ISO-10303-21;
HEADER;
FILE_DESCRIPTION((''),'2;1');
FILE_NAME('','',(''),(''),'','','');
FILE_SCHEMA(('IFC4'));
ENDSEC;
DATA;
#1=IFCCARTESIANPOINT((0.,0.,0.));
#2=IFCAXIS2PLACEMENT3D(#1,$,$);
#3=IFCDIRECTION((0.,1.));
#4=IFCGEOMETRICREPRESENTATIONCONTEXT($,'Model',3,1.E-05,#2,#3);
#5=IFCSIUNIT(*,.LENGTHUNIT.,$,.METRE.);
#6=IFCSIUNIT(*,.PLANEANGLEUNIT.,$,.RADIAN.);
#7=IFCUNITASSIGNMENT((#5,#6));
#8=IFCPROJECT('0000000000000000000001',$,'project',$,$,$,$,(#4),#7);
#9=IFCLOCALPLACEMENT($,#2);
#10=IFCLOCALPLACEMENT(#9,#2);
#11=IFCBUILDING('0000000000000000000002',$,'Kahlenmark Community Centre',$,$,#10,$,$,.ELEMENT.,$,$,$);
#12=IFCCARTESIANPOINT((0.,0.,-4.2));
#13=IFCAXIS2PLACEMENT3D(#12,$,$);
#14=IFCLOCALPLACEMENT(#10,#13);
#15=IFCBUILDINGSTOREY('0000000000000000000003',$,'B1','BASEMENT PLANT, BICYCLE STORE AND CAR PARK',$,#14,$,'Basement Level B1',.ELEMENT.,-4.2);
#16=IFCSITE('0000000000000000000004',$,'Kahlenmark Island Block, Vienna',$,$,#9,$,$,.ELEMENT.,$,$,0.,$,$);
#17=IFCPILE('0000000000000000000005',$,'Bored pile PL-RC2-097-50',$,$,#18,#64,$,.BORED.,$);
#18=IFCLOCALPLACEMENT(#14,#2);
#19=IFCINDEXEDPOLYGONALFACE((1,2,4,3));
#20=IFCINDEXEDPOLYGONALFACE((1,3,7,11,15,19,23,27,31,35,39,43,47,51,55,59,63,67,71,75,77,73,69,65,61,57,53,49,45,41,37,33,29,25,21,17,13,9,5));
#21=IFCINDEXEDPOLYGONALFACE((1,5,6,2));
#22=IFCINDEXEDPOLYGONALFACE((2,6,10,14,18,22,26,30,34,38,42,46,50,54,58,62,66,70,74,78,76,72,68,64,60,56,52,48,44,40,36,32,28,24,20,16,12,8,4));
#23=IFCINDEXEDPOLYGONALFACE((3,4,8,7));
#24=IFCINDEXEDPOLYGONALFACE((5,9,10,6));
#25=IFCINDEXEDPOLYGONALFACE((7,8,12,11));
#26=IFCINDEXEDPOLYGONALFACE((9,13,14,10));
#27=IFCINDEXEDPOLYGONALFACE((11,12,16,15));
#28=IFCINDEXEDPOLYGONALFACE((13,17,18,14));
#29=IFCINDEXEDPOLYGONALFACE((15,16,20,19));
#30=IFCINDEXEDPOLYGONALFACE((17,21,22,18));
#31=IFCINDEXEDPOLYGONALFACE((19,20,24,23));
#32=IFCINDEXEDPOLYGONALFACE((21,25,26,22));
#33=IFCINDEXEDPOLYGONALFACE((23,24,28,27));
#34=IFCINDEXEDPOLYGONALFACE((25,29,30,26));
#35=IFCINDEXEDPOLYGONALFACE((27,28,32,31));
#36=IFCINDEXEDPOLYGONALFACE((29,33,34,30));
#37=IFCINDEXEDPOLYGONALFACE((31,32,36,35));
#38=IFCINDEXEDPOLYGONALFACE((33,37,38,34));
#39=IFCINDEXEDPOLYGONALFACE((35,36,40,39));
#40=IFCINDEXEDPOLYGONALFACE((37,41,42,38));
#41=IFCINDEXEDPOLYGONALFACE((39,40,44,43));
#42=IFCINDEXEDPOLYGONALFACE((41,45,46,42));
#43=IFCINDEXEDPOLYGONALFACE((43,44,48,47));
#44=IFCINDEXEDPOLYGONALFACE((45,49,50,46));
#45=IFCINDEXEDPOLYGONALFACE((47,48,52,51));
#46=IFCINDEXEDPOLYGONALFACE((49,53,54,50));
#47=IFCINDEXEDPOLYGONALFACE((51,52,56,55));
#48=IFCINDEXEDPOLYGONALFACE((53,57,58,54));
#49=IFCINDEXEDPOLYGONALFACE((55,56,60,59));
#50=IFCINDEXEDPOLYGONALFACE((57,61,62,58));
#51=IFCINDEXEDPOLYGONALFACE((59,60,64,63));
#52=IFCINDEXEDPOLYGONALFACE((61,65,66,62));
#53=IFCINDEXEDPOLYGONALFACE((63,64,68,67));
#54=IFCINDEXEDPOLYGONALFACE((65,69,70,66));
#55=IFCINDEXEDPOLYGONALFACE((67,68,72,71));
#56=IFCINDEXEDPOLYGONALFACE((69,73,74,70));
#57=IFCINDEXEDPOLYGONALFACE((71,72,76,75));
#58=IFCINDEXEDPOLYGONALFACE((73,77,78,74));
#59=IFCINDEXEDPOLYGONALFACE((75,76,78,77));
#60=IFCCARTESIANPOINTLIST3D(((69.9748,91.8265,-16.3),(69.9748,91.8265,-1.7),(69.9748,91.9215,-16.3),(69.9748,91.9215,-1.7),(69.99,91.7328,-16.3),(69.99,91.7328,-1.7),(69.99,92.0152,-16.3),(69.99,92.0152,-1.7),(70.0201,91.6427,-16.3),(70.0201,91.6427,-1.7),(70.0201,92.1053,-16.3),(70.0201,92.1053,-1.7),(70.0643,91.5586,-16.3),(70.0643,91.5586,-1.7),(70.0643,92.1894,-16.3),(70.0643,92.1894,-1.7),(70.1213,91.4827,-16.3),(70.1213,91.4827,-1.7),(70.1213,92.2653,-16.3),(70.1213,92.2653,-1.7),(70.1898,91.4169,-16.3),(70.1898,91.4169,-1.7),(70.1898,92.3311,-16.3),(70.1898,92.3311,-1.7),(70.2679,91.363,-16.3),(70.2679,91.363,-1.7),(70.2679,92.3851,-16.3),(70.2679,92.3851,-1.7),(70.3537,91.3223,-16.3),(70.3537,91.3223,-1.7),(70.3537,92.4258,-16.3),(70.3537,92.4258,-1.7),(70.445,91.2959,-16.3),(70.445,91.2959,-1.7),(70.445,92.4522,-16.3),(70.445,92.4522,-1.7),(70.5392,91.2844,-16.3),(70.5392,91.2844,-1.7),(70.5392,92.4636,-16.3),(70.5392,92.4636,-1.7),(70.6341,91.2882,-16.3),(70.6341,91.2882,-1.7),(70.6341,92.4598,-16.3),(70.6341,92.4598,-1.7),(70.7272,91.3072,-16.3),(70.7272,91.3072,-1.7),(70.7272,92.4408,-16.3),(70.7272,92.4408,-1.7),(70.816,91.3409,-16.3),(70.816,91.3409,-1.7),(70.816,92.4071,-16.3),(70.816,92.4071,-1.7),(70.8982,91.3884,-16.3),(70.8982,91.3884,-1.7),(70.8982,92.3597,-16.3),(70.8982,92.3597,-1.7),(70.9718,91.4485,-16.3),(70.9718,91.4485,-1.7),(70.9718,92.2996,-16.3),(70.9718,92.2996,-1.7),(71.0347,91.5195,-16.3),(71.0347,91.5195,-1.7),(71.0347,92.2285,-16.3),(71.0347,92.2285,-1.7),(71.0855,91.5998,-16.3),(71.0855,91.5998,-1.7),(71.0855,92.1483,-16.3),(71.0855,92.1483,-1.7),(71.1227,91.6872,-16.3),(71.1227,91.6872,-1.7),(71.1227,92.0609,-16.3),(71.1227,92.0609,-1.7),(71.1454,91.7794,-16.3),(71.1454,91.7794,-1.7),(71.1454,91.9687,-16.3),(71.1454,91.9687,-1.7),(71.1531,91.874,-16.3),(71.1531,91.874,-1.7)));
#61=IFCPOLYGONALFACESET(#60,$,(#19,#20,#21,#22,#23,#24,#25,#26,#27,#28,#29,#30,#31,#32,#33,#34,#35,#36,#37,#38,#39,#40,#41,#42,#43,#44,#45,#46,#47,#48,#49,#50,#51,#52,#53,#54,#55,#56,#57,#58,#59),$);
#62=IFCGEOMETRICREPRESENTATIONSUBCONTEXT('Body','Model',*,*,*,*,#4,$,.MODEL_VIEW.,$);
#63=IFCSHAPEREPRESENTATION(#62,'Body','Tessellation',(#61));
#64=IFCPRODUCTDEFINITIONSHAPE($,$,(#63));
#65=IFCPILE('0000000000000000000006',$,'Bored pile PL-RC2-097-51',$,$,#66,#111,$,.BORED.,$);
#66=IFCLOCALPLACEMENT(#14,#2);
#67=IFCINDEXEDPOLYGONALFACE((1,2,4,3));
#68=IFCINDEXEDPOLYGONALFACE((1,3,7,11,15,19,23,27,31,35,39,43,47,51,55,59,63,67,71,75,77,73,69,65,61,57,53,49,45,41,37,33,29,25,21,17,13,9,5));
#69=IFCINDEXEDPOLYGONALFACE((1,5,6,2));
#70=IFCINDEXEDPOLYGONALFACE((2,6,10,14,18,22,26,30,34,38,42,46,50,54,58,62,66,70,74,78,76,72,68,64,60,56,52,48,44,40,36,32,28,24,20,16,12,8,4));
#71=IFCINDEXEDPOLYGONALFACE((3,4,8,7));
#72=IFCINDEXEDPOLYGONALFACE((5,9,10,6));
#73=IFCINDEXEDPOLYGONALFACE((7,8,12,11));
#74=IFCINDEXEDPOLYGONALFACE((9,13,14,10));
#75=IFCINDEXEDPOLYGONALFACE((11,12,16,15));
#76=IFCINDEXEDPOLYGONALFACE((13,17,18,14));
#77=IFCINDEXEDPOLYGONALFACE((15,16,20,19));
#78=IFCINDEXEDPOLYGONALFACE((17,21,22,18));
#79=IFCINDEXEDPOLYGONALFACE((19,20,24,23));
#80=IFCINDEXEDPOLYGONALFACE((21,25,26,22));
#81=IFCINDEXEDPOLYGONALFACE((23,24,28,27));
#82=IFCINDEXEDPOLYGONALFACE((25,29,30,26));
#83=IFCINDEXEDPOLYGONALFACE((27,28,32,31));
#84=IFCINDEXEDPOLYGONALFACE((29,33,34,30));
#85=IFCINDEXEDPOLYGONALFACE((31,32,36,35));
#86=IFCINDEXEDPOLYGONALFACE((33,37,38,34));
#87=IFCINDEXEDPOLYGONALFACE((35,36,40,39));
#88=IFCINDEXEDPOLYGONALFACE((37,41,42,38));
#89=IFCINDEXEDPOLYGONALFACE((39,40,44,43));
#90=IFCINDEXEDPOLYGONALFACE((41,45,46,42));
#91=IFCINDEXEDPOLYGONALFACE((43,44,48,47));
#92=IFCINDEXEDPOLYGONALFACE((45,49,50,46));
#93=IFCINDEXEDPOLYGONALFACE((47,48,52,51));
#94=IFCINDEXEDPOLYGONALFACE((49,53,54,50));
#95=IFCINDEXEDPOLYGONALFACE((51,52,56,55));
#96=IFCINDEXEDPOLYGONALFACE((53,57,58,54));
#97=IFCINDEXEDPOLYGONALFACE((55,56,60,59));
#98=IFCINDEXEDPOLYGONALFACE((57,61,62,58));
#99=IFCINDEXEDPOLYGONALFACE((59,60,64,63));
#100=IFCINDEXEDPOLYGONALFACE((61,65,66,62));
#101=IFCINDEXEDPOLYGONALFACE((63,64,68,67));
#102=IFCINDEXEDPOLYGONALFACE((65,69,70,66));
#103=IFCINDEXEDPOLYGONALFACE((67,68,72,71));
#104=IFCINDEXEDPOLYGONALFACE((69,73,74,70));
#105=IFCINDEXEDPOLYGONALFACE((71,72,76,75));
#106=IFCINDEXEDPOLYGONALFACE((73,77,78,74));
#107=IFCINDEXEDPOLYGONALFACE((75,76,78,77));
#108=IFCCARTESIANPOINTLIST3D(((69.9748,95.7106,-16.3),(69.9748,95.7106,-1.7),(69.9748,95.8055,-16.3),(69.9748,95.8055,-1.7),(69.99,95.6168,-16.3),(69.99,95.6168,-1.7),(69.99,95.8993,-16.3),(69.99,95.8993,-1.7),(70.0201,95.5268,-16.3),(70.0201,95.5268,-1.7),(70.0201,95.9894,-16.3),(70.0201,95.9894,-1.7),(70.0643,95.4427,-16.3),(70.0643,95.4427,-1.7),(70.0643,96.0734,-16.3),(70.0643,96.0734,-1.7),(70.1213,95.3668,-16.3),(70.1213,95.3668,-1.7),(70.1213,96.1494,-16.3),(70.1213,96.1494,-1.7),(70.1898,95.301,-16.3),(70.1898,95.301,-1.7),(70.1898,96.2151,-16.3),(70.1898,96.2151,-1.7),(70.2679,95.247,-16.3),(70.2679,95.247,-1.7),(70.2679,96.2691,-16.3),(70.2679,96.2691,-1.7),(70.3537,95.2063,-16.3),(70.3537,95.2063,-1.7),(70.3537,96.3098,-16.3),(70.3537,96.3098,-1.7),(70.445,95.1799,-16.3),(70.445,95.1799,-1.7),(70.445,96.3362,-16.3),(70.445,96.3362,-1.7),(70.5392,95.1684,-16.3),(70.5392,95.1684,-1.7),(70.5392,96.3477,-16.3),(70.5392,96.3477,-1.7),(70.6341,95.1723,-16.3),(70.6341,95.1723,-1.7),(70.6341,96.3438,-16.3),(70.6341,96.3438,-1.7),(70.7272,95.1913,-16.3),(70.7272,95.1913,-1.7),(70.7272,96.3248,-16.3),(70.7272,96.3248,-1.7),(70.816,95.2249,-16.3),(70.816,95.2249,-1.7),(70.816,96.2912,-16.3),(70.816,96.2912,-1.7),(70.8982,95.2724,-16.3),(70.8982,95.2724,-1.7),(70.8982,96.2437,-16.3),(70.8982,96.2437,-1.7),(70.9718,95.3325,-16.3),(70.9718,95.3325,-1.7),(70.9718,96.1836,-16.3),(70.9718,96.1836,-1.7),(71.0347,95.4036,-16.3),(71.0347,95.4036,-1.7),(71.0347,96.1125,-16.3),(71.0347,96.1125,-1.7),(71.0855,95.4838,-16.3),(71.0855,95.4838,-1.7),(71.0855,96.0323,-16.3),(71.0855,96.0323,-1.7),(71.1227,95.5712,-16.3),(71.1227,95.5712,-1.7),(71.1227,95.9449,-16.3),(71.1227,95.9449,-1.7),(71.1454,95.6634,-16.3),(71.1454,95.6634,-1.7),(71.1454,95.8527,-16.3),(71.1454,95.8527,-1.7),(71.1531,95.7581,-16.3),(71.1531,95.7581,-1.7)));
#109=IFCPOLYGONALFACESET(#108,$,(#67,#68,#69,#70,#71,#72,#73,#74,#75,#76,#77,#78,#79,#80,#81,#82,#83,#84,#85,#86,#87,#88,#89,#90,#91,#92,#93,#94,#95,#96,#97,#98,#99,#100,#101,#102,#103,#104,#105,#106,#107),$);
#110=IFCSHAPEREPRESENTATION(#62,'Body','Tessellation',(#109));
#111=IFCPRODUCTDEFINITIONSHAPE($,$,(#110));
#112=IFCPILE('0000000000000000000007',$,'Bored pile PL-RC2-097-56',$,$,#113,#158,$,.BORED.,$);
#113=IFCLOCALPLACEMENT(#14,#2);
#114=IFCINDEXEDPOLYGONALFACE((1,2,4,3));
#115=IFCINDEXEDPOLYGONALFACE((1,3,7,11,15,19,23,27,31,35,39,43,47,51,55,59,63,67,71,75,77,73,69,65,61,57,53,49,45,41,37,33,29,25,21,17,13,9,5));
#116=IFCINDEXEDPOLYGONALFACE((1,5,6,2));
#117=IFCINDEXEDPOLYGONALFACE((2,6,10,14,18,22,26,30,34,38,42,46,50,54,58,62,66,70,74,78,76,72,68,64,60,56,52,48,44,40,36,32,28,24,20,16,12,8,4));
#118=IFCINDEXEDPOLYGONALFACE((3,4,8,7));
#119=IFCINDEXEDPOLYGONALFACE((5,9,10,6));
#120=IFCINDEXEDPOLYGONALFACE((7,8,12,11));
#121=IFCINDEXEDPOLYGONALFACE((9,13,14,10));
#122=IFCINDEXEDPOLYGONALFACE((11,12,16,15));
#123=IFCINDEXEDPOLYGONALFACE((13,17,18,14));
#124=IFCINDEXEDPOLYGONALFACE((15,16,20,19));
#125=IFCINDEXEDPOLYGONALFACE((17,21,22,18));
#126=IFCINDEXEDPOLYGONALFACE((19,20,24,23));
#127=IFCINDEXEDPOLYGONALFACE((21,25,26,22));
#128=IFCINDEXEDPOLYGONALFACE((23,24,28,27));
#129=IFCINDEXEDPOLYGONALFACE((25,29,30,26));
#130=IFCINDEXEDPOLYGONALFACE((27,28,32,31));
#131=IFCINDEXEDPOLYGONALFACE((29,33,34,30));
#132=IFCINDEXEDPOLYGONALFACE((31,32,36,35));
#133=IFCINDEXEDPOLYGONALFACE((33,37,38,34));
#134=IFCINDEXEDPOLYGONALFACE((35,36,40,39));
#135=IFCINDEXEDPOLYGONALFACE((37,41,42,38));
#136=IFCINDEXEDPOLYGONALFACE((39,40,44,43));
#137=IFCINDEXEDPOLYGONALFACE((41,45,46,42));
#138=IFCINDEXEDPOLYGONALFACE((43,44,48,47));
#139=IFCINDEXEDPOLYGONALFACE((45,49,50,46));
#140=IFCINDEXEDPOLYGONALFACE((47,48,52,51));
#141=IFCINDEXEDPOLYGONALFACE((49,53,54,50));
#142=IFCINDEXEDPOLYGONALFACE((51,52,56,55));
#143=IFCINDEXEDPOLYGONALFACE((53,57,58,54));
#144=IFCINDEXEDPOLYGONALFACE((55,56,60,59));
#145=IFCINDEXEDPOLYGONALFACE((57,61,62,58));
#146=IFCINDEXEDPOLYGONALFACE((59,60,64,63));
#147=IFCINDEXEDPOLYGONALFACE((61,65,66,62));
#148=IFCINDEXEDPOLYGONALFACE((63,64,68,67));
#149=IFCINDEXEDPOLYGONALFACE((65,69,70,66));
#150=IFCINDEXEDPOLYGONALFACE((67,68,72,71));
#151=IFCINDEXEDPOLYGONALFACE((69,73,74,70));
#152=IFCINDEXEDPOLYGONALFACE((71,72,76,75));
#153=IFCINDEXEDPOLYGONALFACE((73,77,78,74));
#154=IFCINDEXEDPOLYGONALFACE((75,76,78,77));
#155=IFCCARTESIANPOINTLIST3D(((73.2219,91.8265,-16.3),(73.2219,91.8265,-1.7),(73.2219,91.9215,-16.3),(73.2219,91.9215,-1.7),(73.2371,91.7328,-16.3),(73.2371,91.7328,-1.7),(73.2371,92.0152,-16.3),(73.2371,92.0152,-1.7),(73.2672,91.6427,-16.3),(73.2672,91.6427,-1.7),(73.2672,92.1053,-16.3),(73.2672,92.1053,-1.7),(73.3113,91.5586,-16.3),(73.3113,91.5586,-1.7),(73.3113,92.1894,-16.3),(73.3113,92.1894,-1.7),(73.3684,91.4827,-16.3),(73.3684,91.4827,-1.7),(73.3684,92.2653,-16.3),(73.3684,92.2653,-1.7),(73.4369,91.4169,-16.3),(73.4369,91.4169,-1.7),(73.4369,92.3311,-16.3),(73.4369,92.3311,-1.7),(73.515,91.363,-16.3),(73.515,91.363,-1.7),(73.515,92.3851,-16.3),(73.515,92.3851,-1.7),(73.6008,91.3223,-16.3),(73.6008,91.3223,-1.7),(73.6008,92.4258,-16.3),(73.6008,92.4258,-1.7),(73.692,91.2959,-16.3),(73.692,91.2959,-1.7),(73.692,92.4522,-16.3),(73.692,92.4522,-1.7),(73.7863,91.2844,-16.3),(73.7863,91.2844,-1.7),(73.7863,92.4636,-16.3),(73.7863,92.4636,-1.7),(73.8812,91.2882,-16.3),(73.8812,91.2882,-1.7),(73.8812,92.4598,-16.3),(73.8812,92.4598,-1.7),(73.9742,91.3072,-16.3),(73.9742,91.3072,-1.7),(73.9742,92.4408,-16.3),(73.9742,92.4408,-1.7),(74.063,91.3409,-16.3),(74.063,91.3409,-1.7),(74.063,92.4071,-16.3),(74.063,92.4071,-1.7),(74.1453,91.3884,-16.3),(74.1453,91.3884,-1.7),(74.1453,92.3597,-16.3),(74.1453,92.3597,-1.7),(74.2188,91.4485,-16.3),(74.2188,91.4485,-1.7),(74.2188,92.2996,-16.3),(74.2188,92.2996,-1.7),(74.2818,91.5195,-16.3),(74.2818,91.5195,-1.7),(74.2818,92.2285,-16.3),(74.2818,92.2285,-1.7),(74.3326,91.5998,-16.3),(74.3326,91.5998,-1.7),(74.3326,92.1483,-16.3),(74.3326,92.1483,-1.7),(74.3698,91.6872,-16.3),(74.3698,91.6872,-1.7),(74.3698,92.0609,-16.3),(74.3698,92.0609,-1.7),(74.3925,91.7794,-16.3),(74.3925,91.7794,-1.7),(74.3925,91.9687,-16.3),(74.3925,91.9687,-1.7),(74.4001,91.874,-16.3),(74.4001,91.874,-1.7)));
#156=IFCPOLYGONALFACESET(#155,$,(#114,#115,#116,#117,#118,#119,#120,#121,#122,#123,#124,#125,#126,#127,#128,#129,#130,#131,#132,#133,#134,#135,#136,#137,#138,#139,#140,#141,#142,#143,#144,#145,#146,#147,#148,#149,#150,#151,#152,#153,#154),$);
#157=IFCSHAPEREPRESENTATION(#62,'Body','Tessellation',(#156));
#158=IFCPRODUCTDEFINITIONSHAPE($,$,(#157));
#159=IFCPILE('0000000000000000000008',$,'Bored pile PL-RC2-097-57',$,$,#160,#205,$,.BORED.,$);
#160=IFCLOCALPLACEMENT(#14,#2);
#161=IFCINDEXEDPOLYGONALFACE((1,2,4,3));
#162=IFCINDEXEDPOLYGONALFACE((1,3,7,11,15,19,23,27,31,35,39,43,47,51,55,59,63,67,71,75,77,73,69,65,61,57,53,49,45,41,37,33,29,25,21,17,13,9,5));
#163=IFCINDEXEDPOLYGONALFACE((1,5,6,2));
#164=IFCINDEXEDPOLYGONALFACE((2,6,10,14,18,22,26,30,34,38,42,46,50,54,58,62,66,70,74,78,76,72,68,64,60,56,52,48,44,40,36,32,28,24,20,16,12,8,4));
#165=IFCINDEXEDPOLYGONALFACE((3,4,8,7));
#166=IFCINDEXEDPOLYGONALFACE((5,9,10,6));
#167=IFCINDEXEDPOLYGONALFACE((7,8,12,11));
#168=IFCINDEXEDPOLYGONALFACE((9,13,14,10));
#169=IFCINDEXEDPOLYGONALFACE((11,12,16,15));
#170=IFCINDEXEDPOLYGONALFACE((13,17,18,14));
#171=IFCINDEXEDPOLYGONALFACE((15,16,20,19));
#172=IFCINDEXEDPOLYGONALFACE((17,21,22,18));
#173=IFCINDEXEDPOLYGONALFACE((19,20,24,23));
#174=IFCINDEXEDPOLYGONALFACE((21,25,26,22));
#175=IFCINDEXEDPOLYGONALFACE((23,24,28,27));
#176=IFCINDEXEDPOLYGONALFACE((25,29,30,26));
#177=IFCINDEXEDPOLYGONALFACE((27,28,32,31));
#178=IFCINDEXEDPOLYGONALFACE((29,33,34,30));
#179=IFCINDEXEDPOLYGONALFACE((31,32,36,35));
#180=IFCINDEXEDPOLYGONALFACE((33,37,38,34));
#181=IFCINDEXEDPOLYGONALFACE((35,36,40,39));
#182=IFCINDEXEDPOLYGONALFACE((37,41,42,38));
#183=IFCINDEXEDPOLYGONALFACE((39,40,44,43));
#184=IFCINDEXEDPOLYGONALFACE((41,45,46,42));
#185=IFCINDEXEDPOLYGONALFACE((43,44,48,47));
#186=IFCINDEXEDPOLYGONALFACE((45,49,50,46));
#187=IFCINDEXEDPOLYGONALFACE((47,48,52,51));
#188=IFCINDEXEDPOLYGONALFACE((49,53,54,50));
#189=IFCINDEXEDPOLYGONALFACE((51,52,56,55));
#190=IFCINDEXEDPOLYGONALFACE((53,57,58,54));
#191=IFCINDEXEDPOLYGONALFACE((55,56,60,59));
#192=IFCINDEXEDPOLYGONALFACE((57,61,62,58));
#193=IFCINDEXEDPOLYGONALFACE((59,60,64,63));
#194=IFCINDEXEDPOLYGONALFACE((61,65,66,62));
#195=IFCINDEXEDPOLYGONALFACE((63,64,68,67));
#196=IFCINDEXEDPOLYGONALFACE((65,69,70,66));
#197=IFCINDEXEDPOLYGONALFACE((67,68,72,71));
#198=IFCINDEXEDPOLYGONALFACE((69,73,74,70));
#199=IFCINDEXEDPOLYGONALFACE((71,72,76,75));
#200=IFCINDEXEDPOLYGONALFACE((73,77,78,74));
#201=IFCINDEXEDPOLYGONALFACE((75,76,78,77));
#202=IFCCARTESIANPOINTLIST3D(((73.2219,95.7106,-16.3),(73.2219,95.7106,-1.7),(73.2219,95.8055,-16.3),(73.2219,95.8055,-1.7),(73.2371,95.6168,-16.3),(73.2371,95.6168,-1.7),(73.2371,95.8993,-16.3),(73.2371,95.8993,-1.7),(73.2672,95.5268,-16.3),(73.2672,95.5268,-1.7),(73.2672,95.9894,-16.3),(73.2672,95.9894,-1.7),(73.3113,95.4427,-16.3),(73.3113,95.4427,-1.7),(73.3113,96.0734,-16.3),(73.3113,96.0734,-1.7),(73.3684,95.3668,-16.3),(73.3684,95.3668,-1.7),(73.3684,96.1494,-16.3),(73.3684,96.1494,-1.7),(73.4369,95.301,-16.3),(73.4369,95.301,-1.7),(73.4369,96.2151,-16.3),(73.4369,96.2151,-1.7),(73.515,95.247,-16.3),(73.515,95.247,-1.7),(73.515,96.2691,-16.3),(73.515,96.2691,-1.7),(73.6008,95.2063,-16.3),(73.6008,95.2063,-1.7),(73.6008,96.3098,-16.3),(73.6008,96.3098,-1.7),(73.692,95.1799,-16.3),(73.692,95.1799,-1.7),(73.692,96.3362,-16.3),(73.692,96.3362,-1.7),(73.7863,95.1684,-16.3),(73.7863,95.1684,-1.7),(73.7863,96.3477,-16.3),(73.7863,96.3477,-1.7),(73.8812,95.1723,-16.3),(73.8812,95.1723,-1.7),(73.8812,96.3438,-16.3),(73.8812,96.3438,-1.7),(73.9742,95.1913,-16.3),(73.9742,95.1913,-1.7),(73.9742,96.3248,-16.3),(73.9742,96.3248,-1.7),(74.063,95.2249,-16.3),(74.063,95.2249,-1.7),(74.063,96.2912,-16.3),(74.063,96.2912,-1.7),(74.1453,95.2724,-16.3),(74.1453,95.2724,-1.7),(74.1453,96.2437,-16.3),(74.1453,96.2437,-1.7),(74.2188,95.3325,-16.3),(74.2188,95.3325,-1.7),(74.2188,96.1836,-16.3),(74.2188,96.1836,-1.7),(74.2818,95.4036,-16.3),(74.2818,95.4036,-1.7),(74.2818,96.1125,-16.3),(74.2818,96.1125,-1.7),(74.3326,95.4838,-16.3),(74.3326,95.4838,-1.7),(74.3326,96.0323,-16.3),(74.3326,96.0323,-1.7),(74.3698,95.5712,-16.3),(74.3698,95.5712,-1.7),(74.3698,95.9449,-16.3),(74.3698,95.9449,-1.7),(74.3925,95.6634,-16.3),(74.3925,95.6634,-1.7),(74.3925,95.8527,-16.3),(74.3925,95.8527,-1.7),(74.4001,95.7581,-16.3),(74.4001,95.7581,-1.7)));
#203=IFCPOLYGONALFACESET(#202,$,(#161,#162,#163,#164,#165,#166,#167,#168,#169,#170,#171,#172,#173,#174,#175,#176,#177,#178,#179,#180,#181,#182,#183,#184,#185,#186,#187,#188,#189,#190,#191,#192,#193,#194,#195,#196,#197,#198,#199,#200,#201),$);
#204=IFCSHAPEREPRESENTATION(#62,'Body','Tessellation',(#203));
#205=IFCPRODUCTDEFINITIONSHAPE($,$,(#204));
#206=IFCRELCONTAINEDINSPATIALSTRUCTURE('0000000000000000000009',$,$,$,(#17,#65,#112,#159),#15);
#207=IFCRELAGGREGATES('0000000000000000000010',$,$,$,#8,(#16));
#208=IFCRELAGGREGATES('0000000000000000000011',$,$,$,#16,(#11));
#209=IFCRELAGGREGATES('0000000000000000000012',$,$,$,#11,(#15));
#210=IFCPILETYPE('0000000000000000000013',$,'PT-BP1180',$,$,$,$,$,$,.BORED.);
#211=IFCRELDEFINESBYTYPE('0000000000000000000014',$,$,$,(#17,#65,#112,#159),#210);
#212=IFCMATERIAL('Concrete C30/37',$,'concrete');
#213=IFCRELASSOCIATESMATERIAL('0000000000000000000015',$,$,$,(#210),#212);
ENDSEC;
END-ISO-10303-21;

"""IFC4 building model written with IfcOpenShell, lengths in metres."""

from ifc_helpers import new_model, si_unit, direction, frame, origin, origin_2d, place, context, subcontext, project, spatial, circle, extrude, material, material_profile, profile_set, type_object, element, save


model = new_model("IFC4")

# Units and contexts
model_context = context("Model", 3, precision=1e-05, world=origin(), true_north=direction((0.0, 1.0)))
body_context = subcontext(model_context, "Body", "Model", "MODEL_VIEW")
ifc_project = project(units=[si_unit("LENGTHUNIT", "METRE"), si_unit("PLANEANGLEUNIT", "RADIAN")], contexts=[model_context])

# Site, building, storey
site_placement = place(None, origin())
site = spatial("IfcSite", under=ifc_project, at=site_placement, Name="Kahlenmark Island Block, Vienna", CompositionType="ELEMENT", RefElevation=0.0)
building_placement = place(site_placement, origin())
building = spatial("IfcBuilding", under=site, at=building_placement, Name="Kahlenmark Community Centre", CompositionType="ELEMENT")
storey_placement = place(building_placement, frame((0.0, 0.0, -4.2)))
storey = spatial("IfcBuildingStorey", under=building, at=storey_placement, Name="B1", Description="BASEMENT PLANT, BICYCLE STORE AND CAR PARK", LongName="Basement Level B1", CompositionType="ELEMENT", Elevation=-4.2)

# Shared definitions
ifc_material_1 = material(Name="Concrete C30/37", Category="concrete")

# Piles
ifc_material_profile_1 = material_profile(ifc_material_1, circle(Radius=0.5901, at=origin_2d()), Name="BORED PILE 1180")
ifc_profile_set_1 = profile_set([ifc_material_profile_1], Name="Concrete C30/37")
pile_type_1 = type_object("IfcPileType", Name="PT-BP1180", PredefinedType="BORED", material=ifc_profile_set_1)
for number, where, z_axis, x_axis, name in (
    (1, (70.563, 91.874, -1.7), (0.0, 0.0, -1.0), (1.0, 0.0, 0.0), "Bored pile PL-RC2-097-50"),
    (2, (70.563, 95.7581, -1.7), (0.0, 0.0, -1.0), (1.0, 0.0, 0.0), "Bored pile PL-RC2-097-51"),
    (3, (73.8101, 91.874, -1.7), (0.0, 0.0, -1.0), (1.0, 0.0, 0.0), "Bored pile PL-RC2-097-56"),
    (4, (73.8101, 95.7581, -1.7), (0.0, 0.0, -1.0), (1.0, 0.0, 0.0), "Bored pile PL-RC2-097-57"),
):
    element("IfcPile", number, at=place(storey_placement, frame(where, z_axis=z_axis, x_axis=x_axis)), inside=storey, type_object=pile_type_1, Name=name, PredefinedType="BORED", context=body_context, shape_type="SweptSolid", body=[
        extrude(circle(Radius=0.5901, at=origin_2d()), origin(), (0.0, 0.0, 1.0), 14.6001),
    ])

save(model, "model.ifc")
